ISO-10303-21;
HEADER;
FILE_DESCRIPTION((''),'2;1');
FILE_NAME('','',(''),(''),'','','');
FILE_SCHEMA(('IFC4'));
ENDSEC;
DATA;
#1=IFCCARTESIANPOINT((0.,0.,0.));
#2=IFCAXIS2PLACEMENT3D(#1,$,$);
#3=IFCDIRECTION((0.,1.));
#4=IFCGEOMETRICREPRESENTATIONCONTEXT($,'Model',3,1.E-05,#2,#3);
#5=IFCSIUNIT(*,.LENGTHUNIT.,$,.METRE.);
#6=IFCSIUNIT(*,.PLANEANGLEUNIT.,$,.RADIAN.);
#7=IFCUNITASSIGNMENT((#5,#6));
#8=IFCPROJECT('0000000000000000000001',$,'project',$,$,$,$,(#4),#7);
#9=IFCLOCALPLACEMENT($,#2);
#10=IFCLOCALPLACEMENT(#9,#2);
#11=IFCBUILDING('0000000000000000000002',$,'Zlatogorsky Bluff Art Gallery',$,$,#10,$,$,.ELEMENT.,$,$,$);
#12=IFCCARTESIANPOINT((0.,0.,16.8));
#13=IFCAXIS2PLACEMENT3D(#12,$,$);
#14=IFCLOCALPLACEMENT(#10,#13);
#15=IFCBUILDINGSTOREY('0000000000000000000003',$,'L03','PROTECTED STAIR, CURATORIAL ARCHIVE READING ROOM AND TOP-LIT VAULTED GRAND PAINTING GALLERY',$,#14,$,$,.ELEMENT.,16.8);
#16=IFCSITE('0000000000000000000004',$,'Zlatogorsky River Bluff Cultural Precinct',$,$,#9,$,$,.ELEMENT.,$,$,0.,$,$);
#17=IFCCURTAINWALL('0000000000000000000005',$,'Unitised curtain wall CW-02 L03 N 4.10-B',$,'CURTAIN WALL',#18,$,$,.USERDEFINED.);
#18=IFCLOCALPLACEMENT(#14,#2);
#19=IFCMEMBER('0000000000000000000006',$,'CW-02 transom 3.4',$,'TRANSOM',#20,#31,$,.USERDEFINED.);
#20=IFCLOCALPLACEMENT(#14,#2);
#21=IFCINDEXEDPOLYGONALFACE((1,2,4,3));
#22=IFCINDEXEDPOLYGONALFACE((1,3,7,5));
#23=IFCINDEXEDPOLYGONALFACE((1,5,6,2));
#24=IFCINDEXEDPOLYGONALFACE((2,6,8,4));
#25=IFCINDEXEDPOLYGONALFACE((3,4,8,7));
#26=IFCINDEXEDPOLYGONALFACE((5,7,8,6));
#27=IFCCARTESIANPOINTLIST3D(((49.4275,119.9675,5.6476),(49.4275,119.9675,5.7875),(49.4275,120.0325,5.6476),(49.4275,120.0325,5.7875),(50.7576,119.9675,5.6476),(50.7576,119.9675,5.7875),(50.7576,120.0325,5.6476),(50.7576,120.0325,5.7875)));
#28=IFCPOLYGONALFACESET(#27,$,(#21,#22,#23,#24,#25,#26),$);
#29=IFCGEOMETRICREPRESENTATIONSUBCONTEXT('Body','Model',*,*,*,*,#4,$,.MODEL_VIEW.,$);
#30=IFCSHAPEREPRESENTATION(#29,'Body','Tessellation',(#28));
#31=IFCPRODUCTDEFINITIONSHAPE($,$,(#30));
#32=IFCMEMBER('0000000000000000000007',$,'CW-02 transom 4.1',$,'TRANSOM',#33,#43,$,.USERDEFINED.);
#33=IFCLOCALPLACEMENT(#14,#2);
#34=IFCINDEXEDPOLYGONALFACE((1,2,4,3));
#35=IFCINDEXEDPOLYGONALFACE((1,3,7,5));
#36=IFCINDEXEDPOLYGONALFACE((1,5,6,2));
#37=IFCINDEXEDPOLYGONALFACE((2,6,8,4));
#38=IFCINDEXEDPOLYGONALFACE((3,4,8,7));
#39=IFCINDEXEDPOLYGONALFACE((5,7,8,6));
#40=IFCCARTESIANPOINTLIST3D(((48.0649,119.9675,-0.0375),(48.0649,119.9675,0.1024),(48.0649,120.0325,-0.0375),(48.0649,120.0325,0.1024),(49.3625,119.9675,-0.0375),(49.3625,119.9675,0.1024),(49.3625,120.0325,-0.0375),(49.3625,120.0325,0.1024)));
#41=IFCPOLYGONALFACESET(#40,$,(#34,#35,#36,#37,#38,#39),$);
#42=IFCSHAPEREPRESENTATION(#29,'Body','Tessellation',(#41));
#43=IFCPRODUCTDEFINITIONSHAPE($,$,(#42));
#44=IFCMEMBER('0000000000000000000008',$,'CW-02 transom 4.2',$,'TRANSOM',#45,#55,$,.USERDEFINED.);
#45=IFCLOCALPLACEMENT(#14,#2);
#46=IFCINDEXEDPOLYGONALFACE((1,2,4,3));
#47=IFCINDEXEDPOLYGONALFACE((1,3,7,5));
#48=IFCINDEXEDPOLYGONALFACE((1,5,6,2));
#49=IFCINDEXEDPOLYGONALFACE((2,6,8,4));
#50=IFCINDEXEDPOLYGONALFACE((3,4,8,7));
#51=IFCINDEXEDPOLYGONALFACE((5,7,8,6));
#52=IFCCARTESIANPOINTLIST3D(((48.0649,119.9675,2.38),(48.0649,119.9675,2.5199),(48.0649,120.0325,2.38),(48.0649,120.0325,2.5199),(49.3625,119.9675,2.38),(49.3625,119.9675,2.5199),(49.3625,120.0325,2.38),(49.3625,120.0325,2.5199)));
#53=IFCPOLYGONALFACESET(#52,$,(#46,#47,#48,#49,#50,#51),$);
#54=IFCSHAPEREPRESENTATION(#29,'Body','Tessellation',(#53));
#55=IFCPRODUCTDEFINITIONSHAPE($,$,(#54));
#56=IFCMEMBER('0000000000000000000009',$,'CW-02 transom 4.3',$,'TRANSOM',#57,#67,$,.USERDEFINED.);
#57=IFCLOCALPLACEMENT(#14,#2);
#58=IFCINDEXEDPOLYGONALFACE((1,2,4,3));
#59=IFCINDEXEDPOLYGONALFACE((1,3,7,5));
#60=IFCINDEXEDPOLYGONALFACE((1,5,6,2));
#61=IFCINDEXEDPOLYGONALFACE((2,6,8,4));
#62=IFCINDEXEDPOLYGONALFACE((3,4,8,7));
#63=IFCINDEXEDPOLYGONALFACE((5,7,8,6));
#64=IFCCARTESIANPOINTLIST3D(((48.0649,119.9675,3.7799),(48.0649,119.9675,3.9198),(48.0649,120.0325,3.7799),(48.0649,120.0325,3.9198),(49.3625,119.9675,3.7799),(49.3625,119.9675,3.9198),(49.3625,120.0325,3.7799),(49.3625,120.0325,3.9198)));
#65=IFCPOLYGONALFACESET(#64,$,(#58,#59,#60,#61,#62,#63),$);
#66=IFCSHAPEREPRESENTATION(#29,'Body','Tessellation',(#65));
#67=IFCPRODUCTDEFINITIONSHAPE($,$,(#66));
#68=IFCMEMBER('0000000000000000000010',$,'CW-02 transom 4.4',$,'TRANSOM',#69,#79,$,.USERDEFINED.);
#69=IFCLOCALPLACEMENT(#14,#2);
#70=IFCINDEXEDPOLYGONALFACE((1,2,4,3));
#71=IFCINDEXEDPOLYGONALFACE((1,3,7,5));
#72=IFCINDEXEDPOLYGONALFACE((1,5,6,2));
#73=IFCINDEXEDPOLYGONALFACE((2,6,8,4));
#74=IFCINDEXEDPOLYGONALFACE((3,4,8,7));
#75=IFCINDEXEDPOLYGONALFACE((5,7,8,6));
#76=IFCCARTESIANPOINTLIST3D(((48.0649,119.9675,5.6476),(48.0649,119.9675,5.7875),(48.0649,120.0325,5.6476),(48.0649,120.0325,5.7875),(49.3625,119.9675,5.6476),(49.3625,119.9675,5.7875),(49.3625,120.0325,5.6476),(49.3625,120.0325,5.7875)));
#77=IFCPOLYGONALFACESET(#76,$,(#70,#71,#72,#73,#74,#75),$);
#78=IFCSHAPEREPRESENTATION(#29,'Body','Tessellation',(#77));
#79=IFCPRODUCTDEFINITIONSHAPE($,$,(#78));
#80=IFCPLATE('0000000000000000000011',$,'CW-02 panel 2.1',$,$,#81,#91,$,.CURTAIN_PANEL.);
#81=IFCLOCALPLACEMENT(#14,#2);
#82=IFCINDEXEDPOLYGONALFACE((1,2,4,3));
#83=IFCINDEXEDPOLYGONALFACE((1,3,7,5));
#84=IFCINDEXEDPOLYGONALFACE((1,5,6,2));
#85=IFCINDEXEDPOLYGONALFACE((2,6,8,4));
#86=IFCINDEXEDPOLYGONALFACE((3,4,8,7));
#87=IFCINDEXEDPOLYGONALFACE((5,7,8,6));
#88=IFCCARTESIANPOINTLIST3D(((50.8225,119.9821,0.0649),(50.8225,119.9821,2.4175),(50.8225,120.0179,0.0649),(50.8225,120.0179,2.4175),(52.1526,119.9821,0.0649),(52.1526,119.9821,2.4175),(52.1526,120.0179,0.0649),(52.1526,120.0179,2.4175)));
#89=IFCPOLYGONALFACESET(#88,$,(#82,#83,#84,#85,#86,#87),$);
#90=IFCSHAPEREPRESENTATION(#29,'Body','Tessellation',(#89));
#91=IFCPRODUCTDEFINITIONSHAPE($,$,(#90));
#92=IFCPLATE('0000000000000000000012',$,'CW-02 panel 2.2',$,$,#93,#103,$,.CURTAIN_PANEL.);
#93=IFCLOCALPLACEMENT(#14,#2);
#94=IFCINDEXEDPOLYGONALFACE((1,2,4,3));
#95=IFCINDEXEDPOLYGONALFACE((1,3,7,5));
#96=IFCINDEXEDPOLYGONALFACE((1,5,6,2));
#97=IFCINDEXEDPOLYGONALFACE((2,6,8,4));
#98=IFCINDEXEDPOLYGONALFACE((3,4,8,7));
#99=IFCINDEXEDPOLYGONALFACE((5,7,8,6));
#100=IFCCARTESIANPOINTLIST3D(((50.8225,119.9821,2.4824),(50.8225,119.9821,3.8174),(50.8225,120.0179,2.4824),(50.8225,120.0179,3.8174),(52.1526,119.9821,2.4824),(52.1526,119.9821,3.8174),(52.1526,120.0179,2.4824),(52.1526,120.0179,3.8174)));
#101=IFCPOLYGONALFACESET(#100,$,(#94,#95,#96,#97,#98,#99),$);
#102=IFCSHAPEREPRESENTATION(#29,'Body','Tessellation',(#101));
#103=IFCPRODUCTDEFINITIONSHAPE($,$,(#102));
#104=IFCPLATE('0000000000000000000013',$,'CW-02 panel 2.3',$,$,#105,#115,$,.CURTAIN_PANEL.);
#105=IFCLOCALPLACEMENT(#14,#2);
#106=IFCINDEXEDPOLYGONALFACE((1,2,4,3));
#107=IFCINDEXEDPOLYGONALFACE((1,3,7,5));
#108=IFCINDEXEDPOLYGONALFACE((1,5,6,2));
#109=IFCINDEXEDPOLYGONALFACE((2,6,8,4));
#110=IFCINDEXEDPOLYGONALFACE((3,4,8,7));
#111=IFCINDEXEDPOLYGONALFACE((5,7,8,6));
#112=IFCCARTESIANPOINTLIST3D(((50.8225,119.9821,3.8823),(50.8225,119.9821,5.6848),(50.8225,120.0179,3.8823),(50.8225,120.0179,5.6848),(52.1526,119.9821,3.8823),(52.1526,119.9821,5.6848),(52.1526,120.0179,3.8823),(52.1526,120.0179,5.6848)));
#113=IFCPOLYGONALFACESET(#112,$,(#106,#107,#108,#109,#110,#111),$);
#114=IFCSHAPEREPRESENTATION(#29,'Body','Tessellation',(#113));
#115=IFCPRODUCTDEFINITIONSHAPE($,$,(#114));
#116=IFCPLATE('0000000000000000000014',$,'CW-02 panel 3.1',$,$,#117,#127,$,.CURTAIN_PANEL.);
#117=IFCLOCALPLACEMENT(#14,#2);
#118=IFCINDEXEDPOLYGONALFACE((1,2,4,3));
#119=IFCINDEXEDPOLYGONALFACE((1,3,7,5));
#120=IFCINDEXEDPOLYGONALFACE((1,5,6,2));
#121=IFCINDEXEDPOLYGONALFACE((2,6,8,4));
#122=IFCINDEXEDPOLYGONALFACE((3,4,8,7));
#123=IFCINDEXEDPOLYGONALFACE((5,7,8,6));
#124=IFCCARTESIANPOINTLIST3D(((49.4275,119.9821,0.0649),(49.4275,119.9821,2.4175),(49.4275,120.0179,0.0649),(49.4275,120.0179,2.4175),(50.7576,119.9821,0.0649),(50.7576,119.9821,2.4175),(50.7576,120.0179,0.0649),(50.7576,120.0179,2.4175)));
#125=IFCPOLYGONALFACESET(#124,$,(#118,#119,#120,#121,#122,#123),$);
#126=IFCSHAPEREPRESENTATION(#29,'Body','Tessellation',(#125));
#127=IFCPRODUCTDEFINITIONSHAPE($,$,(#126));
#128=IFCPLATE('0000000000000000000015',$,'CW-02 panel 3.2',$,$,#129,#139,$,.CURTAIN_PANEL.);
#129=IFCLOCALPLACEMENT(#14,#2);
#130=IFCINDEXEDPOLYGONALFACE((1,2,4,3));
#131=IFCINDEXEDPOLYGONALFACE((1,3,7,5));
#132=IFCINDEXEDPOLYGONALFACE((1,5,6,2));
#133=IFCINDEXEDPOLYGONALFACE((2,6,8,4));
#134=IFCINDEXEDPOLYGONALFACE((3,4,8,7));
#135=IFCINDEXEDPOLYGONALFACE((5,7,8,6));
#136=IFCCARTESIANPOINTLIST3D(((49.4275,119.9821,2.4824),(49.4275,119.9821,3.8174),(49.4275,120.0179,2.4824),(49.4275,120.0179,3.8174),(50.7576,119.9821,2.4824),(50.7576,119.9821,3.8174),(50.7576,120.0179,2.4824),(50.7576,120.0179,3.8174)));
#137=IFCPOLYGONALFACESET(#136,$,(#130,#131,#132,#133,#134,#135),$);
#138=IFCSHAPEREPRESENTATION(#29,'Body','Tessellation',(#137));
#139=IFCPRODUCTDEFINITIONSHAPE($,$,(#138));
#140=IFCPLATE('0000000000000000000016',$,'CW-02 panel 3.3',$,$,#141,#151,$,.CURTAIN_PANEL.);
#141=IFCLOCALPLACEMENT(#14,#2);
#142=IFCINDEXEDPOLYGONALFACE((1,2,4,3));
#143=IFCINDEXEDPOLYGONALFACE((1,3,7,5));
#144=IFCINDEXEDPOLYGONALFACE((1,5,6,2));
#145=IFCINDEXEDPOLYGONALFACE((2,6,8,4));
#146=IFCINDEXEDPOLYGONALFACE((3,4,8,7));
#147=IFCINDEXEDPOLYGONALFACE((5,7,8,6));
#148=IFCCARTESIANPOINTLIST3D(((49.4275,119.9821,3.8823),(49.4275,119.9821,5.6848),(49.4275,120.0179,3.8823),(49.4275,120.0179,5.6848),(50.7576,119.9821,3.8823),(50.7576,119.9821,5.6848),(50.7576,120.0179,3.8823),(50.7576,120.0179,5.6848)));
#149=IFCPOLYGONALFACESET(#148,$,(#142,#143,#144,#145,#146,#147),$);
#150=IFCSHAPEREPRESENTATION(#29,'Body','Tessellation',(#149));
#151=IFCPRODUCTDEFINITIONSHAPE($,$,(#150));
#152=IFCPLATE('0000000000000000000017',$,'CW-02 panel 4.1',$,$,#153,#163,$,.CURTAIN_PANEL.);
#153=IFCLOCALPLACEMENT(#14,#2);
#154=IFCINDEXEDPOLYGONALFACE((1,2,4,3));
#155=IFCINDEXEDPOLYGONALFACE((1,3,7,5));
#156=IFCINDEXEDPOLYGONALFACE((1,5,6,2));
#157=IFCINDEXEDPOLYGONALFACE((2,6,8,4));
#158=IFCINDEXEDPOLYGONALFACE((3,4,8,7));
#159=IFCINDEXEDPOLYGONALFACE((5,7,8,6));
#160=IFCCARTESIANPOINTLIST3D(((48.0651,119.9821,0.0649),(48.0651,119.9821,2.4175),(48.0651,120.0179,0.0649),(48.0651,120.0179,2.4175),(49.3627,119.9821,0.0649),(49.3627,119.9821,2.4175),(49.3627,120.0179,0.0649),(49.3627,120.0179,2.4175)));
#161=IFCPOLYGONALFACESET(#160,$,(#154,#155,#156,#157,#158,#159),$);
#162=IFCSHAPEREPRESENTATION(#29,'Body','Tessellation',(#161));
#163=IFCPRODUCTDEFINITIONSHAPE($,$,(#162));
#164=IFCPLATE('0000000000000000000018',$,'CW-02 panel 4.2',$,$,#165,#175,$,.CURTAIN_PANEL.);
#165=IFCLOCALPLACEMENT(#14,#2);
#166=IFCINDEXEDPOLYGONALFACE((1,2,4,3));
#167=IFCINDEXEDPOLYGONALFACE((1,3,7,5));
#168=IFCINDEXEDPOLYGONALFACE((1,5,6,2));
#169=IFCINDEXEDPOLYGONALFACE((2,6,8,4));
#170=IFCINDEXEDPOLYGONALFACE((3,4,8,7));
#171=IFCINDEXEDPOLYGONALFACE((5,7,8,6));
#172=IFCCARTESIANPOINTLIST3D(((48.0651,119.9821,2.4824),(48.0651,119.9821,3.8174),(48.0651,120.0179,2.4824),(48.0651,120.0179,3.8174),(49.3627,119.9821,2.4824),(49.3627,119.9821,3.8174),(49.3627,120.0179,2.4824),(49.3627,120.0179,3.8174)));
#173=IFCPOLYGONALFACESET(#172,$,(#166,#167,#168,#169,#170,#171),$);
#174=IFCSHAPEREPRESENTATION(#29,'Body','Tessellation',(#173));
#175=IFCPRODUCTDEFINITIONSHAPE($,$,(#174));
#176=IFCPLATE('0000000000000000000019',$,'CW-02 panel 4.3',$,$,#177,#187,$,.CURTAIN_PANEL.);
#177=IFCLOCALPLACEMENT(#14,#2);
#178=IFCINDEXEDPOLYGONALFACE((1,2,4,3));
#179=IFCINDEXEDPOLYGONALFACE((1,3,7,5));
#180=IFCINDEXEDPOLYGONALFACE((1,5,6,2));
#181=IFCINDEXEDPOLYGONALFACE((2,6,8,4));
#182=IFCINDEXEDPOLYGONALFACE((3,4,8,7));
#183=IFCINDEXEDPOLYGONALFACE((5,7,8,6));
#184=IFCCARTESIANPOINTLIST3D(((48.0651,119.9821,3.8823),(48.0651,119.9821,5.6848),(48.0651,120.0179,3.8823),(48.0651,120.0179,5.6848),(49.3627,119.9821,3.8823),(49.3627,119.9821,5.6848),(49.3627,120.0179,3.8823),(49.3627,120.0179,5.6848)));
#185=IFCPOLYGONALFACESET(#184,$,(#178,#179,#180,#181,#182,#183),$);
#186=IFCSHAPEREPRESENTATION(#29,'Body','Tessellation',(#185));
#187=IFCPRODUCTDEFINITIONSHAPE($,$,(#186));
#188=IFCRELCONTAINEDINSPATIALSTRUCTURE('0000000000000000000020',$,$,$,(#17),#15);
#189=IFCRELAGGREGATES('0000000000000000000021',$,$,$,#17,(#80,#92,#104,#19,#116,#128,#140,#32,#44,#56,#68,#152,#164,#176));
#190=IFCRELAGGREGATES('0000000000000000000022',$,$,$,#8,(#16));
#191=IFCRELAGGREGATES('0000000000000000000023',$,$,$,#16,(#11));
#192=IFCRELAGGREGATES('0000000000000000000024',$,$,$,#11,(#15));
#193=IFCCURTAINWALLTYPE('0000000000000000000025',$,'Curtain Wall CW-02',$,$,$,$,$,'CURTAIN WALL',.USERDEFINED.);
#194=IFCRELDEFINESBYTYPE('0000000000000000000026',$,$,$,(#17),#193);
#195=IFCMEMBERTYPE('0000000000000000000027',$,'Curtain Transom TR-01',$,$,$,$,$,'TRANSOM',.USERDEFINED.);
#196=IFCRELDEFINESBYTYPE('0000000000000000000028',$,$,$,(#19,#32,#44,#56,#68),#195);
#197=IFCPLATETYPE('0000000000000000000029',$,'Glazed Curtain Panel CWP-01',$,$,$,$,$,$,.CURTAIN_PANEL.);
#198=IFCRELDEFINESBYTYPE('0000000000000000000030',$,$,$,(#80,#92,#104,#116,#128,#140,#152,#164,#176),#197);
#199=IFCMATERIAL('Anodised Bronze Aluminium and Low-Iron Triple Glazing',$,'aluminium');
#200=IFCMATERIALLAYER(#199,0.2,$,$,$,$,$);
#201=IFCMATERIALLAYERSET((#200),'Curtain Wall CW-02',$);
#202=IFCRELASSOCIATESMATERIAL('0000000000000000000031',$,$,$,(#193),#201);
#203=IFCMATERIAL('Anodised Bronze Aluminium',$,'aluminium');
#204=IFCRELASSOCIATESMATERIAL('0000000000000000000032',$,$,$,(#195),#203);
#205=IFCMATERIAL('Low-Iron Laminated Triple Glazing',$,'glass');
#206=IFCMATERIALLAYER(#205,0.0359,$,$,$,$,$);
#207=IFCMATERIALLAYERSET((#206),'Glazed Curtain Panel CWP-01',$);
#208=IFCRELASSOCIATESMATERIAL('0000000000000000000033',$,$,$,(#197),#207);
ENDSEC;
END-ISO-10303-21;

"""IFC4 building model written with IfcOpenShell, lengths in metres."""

from ifc_helpers import new_model, si_unit, direction, frame, origin, origin_2d, place, context, subcontext, project, spatial, rectangle, extrude, material, layer, layer_set, material_profile, profile_set, type_object, element, aggregate, save


model = new_model("IFC4")

# Units and contexts
model_context = context("Model", 3, precision=1e-05, world=origin(), true_north=direction((0.0, 1.0)))
body_context = subcontext(model_context, "Body", "Model", "MODEL_VIEW")
ifc_project = project(units=[si_unit("LENGTHUNIT", "METRE"), si_unit("PLANEANGLEUNIT", "RADIAN")], contexts=[model_context])

# Site, building, storey
site_placement = place(None, origin())
site = spatial("IfcSite", under=ifc_project, at=site_placement, Name="Zlatogorsky River Bluff Cultural Precinct", CompositionType="ELEMENT", RefElevation=0.0)
building_placement = place(site_placement, origin())
building = spatial("IfcBuilding", under=site, at=building_placement, Name="Zlatogorsky Bluff Art Gallery", CompositionType="ELEMENT")
storey_placement = place(building_placement, frame((0.0, 0.0, 16.8)))
storey = spatial("IfcBuildingStorey", under=building, at=storey_placement, Name="L03", Description="PROTECTED STAIR, CURATORIAL ARCHIVE READING ROOM AND TOP-LIT VAULTED GRAND PAINTING GALLERY", CompositionType="ELEMENT", Elevation=16.8)

# Curtain wall, members, plates
ifc_material_1 = material(Name="Anodised Bronze Aluminium and Low-Iron Triple Glazing", Category="aluminium")
ifc_layer_1 = layer(ifc_material_1, 0.2)
ifc_layer_set_1 = layer_set([ifc_layer_1], Name="Curtain Wall CW-02")
curtain_wall_type = type_object("IfcCurtainWallType", Name="Curtain Wall CW-02", ElementType="CURTAIN WALL", PredefinedType="USERDEFINED", material=ifc_layer_set_1)
curtain_wall_placement = place(storey_placement, origin())
curtain_wall = element("IfcCurtainWall", 1, at=curtain_wall_placement, inside=storey, type_object=curtain_wall_type, Name="Unitised curtain wall CW-02 L03 N 4.10-B", ObjectType="CURTAIN WALL", PredefinedType="USERDEFINED")
ifc_material_2 = material(Name="Anodised Bronze Aluminium", Category="aluminium")
ifc_material_profile_1 = material_profile(ifc_material_2, rectangle(XDim=0.0649, YDim=0.1399, at=origin_2d()), Name="ALU TRANSOM 65x140")
ifc_profile_set_1 = profile_set([ifc_material_profile_1], Name="Anodised Bronze Aluminium")
member_type_1 = type_object("IfcMemberType", Name="Curtain Transom TR-01", ElementType="TRANSOM", PredefinedType="USERDEFINED", material=ifc_profile_set_1)
member_1_placement = place(storey_placement, frame((50.7576, 120.0, 5.7175), z_axis=(-1.0, 0.0, 0.0), x_axis=(0.0, -1.0, 0.0)))
member_1 = element("IfcMember", 2, at=member_1_placement, type_object=member_type_1, Name="CW-02 transom 3.4", ObjectType="TRANSOM", PredefinedType="USERDEFINED", context=body_context, shape_type="SweptSolid", body=[
    extrude(rectangle(XDim=0.0649, YDim=0.1399, at=origin_2d()), origin(), (0.0, 0.0, 1.0), 1.3301),
])
member_2_placement = place(storey_placement, frame((49.3625, 120.0, 0.0325), z_axis=(-1.0, 0.0, 0.0), x_axis=(0.0, -1.0, 0.0)))
member_2 = element("IfcMember", 3, at=member_2_placement, type_object=member_type_1, Name="CW-02 transom 4.1", ObjectType="TRANSOM", PredefinedType="USERDEFINED", context=body_context, shape_type="SweptSolid", body=[
    extrude(rectangle(XDim=0.0649, YDim=0.1399, at=origin_2d()), origin(), (0.0, 0.0, 1.0), 1.2976),
])
member_3_placement = place(storey_placement, frame((49.3625, 120.0, 2.45), z_axis=(-1.0, 0.0, 0.0), x_axis=(0.0, -1.0, 0.0)))
member_3 = element("IfcMember", 4, at=member_3_placement, type_object=member_type_1, Name="CW-02 transom 4.2", ObjectType="TRANSOM", PredefinedType="USERDEFINED", context=body_context, shape_type="SweptSolid", body=[
    extrude(rectangle(XDim=0.0649, YDim=0.1399, at=origin_2d()), origin(), (0.0, 0.0, 1.0), 1.2976),
])
member_4_placement = place(storey_placement, frame((49.3625, 120.0, 3.8499), z_axis=(-1.0, 0.0, 0.0), x_axis=(0.0, -1.0, 0.0)))
member_4 = element("IfcMember", 5, at=member_4_placement, type_object=member_type_1, Name="CW-02 transom 4.3", ObjectType="TRANSOM", PredefinedType="USERDEFINED", context=body_context, shape_type="SweptSolid", body=[
    extrude(rectangle(XDim=0.0649, YDim=0.1399, at=origin_2d()), origin(), (0.0, 0.0, 1.0), 1.2976),
])
member_5_placement = place(storey_placement, frame((49.3625, 120.0, 5.7175), z_axis=(-1.0, 0.0, 0.0), x_axis=(0.0, -1.0, 0.0)))
member_5 = element("IfcMember", 6, at=member_5_placement, type_object=member_type_1, Name="CW-02 transom 4.4", ObjectType="TRANSOM", PredefinedType="USERDEFINED", context=body_context, shape_type="SweptSolid", body=[
    extrude(rectangle(XDim=0.0649, YDim=0.1399, at=origin_2d()), origin(), (0.0, 0.0, 1.0), 1.2976),
])
ifc_material_3 = material(Name="Low-Iron Laminated Triple Glazing", Category="glass")
ifc_layer_2 = layer(ifc_material_3, 0.0359)
ifc_layer_set_2 = layer_set([ifc_layer_2], Name="Glazed Curtain Panel CWP-01")
plate_type = type_object("IfcPlateType", Name="Glazed Curtain Panel CWP-01", PredefinedType="CURTAIN_PANEL", material=ifc_layer_set_2)
plate_1_placement = place(storey_placement, frame((51.4875, 120.0, 0.0649), z_axis=(0.0, 0.0, 1.0), x_axis=(-1.0, 0.0, 0.0)))
plate_1 = element("IfcPlate", 7, at=plate_1_placement, type_object=plate_type, Name="CW-02 panel 2.1", PredefinedType="CURTAIN_PANEL", context=body_context, shape_type="SweptSolid", body=[
    extrude(rectangle(XDim=1.3301, YDim=0.0359, at=origin_2d()), origin(), (0.0, 0.0, 1.0), 2.3525),
])
plate_2_placement = place(storey_placement, frame((51.4875, 120.0, 2.4824), z_axis=(0.0, 0.0, 1.0), x_axis=(-1.0, 0.0, 0.0)))
plate_2 = element("IfcPlate", 8, at=plate_2_placement, type_object=plate_type, Name="CW-02 panel 2.2", PredefinedType="CURTAIN_PANEL", context=body_context, shape_type="SweptSolid", body=[
    extrude(rectangle(XDim=1.3301, YDim=0.0359, at=origin_2d()), origin(), (0.0, 0.0, 1.0), 1.335),
])
plate_3_placement = place(storey_placement, frame((51.4875, 120.0, 3.8823), z_axis=(0.0, 0.0, 1.0), x_axis=(-1.0, 0.0, 0.0)))
plate_3 = element("IfcPlate", 9, at=plate_3_placement, type_object=plate_type, Name="CW-02 panel 2.3", PredefinedType="CURTAIN_PANEL", context=body_context, shape_type="SweptSolid", body=[
    extrude(rectangle(XDim=1.3301, YDim=0.0359, at=origin_2d()), origin(), (0.0, 0.0, 1.0), 1.8025),
])
plate_4_placement = place(storey_placement, frame((50.0925, 120.0, 0.0649), z_axis=(0.0, 0.0, 1.0), x_axis=(-1.0, 0.0, 0.0)))
plate_4 = element("IfcPlate", 10, at=plate_4_placement, type_object=plate_type, Name="CW-02 panel 3.1", PredefinedType="CURTAIN_PANEL", context=body_context, shape_type="SweptSolid", body=[
    extrude(rectangle(XDim=1.3301, YDim=0.0359, at=origin_2d()), origin(), (0.0, 0.0, 1.0), 2.3525),
])
plate_5_placement = place(storey_placement, frame((50.0925, 120.0, 2.4824), z_axis=(0.0, 0.0, 1.0), x_axis=(-1.0, 0.0, 0.0)))
plate_5 = element("IfcPlate", 11, at=plate_5_placement, type_object=plate_type, Name="CW-02 panel 3.2", PredefinedType="CURTAIN_PANEL", context=body_context, shape_type="SweptSolid", body=[
    extrude(rectangle(XDim=1.3301, YDim=0.0359, at=origin_2d()), origin(), (0.0, 0.0, 1.0), 1.335),
])
plate_6_placement = place(storey_placement, frame((50.0925, 120.0, 3.8823), z_axis=(0.0, 0.0, 1.0), x_axis=(-1.0, 0.0, 0.0)))
plate_6 = element("IfcPlate", 12, at=plate_6_placement, type_object=plate_type, Name="CW-02 panel 3.3", PredefinedType="CURTAIN_PANEL", context=body_context, shape_type="SweptSolid", body=[
    extrude(rectangle(XDim=1.3301, YDim=0.0359, at=origin_2d()), origin(), (0.0, 0.0, 1.0), 1.8025),
])
plate_7_placement = place(storey_placement, frame((48.7139, 120.0, 0.0649), z_axis=(0.0, 0.0, 1.0), x_axis=(-1.0, 0.0, 0.0)))
plate_7 = element("IfcPlate", 13, at=plate_7_placement, type_object=plate_type, Name="CW-02 panel 4.1", PredefinedType="CURTAIN_PANEL", context=body_context, shape_type="SweptSolid", body=[
    extrude(rectangle(XDim=1.2976, YDim=0.0359, at=origin_2d()), origin(), (0.0, 0.0, 1.0), 2.3525),
])
plate_8_placement = place(storey_placement, frame((48.7139, 120.0, 2.4824), z_axis=(0.0, 0.0, 1.0), x_axis=(-1.0, 0.0, 0.0)))
plate_8 = element("IfcPlate", 14, at=plate_8_placement, type_object=plate_type, Name="CW-02 panel 4.2", PredefinedType="CURTAIN_PANEL", context=body_context, shape_type="SweptSolid", body=[
    extrude(rectangle(XDim=1.2976, YDim=0.0359, at=origin_2d()), origin(), (0.0, 0.0, 1.0), 1.335),
])
plate_9_placement = place(storey_placement, frame((48.7139, 120.0, 3.8823), z_axis=(0.0, 0.0, 1.0), x_axis=(-1.0, 0.0, 0.0)))
plate_9 = element("IfcPlate", 15, at=plate_9_placement, type_object=plate_type, Name="CW-02 panel 4.3", PredefinedType="CURTAIN_PANEL", context=body_context, shape_type="SweptSolid", body=[
    extrude(rectangle(XDim=1.2976, YDim=0.0359, at=origin_2d()), origin(), (0.0, 0.0, 1.0), 1.8025),
])
aggregate(curtain_wall, [plate_1, plate_2, plate_3, member_1, plate_4, plate_5, plate_6, member_2, member_3, member_4, member_5, plate_7, plate_8, plate_9])

save(model, "model.ifc")
